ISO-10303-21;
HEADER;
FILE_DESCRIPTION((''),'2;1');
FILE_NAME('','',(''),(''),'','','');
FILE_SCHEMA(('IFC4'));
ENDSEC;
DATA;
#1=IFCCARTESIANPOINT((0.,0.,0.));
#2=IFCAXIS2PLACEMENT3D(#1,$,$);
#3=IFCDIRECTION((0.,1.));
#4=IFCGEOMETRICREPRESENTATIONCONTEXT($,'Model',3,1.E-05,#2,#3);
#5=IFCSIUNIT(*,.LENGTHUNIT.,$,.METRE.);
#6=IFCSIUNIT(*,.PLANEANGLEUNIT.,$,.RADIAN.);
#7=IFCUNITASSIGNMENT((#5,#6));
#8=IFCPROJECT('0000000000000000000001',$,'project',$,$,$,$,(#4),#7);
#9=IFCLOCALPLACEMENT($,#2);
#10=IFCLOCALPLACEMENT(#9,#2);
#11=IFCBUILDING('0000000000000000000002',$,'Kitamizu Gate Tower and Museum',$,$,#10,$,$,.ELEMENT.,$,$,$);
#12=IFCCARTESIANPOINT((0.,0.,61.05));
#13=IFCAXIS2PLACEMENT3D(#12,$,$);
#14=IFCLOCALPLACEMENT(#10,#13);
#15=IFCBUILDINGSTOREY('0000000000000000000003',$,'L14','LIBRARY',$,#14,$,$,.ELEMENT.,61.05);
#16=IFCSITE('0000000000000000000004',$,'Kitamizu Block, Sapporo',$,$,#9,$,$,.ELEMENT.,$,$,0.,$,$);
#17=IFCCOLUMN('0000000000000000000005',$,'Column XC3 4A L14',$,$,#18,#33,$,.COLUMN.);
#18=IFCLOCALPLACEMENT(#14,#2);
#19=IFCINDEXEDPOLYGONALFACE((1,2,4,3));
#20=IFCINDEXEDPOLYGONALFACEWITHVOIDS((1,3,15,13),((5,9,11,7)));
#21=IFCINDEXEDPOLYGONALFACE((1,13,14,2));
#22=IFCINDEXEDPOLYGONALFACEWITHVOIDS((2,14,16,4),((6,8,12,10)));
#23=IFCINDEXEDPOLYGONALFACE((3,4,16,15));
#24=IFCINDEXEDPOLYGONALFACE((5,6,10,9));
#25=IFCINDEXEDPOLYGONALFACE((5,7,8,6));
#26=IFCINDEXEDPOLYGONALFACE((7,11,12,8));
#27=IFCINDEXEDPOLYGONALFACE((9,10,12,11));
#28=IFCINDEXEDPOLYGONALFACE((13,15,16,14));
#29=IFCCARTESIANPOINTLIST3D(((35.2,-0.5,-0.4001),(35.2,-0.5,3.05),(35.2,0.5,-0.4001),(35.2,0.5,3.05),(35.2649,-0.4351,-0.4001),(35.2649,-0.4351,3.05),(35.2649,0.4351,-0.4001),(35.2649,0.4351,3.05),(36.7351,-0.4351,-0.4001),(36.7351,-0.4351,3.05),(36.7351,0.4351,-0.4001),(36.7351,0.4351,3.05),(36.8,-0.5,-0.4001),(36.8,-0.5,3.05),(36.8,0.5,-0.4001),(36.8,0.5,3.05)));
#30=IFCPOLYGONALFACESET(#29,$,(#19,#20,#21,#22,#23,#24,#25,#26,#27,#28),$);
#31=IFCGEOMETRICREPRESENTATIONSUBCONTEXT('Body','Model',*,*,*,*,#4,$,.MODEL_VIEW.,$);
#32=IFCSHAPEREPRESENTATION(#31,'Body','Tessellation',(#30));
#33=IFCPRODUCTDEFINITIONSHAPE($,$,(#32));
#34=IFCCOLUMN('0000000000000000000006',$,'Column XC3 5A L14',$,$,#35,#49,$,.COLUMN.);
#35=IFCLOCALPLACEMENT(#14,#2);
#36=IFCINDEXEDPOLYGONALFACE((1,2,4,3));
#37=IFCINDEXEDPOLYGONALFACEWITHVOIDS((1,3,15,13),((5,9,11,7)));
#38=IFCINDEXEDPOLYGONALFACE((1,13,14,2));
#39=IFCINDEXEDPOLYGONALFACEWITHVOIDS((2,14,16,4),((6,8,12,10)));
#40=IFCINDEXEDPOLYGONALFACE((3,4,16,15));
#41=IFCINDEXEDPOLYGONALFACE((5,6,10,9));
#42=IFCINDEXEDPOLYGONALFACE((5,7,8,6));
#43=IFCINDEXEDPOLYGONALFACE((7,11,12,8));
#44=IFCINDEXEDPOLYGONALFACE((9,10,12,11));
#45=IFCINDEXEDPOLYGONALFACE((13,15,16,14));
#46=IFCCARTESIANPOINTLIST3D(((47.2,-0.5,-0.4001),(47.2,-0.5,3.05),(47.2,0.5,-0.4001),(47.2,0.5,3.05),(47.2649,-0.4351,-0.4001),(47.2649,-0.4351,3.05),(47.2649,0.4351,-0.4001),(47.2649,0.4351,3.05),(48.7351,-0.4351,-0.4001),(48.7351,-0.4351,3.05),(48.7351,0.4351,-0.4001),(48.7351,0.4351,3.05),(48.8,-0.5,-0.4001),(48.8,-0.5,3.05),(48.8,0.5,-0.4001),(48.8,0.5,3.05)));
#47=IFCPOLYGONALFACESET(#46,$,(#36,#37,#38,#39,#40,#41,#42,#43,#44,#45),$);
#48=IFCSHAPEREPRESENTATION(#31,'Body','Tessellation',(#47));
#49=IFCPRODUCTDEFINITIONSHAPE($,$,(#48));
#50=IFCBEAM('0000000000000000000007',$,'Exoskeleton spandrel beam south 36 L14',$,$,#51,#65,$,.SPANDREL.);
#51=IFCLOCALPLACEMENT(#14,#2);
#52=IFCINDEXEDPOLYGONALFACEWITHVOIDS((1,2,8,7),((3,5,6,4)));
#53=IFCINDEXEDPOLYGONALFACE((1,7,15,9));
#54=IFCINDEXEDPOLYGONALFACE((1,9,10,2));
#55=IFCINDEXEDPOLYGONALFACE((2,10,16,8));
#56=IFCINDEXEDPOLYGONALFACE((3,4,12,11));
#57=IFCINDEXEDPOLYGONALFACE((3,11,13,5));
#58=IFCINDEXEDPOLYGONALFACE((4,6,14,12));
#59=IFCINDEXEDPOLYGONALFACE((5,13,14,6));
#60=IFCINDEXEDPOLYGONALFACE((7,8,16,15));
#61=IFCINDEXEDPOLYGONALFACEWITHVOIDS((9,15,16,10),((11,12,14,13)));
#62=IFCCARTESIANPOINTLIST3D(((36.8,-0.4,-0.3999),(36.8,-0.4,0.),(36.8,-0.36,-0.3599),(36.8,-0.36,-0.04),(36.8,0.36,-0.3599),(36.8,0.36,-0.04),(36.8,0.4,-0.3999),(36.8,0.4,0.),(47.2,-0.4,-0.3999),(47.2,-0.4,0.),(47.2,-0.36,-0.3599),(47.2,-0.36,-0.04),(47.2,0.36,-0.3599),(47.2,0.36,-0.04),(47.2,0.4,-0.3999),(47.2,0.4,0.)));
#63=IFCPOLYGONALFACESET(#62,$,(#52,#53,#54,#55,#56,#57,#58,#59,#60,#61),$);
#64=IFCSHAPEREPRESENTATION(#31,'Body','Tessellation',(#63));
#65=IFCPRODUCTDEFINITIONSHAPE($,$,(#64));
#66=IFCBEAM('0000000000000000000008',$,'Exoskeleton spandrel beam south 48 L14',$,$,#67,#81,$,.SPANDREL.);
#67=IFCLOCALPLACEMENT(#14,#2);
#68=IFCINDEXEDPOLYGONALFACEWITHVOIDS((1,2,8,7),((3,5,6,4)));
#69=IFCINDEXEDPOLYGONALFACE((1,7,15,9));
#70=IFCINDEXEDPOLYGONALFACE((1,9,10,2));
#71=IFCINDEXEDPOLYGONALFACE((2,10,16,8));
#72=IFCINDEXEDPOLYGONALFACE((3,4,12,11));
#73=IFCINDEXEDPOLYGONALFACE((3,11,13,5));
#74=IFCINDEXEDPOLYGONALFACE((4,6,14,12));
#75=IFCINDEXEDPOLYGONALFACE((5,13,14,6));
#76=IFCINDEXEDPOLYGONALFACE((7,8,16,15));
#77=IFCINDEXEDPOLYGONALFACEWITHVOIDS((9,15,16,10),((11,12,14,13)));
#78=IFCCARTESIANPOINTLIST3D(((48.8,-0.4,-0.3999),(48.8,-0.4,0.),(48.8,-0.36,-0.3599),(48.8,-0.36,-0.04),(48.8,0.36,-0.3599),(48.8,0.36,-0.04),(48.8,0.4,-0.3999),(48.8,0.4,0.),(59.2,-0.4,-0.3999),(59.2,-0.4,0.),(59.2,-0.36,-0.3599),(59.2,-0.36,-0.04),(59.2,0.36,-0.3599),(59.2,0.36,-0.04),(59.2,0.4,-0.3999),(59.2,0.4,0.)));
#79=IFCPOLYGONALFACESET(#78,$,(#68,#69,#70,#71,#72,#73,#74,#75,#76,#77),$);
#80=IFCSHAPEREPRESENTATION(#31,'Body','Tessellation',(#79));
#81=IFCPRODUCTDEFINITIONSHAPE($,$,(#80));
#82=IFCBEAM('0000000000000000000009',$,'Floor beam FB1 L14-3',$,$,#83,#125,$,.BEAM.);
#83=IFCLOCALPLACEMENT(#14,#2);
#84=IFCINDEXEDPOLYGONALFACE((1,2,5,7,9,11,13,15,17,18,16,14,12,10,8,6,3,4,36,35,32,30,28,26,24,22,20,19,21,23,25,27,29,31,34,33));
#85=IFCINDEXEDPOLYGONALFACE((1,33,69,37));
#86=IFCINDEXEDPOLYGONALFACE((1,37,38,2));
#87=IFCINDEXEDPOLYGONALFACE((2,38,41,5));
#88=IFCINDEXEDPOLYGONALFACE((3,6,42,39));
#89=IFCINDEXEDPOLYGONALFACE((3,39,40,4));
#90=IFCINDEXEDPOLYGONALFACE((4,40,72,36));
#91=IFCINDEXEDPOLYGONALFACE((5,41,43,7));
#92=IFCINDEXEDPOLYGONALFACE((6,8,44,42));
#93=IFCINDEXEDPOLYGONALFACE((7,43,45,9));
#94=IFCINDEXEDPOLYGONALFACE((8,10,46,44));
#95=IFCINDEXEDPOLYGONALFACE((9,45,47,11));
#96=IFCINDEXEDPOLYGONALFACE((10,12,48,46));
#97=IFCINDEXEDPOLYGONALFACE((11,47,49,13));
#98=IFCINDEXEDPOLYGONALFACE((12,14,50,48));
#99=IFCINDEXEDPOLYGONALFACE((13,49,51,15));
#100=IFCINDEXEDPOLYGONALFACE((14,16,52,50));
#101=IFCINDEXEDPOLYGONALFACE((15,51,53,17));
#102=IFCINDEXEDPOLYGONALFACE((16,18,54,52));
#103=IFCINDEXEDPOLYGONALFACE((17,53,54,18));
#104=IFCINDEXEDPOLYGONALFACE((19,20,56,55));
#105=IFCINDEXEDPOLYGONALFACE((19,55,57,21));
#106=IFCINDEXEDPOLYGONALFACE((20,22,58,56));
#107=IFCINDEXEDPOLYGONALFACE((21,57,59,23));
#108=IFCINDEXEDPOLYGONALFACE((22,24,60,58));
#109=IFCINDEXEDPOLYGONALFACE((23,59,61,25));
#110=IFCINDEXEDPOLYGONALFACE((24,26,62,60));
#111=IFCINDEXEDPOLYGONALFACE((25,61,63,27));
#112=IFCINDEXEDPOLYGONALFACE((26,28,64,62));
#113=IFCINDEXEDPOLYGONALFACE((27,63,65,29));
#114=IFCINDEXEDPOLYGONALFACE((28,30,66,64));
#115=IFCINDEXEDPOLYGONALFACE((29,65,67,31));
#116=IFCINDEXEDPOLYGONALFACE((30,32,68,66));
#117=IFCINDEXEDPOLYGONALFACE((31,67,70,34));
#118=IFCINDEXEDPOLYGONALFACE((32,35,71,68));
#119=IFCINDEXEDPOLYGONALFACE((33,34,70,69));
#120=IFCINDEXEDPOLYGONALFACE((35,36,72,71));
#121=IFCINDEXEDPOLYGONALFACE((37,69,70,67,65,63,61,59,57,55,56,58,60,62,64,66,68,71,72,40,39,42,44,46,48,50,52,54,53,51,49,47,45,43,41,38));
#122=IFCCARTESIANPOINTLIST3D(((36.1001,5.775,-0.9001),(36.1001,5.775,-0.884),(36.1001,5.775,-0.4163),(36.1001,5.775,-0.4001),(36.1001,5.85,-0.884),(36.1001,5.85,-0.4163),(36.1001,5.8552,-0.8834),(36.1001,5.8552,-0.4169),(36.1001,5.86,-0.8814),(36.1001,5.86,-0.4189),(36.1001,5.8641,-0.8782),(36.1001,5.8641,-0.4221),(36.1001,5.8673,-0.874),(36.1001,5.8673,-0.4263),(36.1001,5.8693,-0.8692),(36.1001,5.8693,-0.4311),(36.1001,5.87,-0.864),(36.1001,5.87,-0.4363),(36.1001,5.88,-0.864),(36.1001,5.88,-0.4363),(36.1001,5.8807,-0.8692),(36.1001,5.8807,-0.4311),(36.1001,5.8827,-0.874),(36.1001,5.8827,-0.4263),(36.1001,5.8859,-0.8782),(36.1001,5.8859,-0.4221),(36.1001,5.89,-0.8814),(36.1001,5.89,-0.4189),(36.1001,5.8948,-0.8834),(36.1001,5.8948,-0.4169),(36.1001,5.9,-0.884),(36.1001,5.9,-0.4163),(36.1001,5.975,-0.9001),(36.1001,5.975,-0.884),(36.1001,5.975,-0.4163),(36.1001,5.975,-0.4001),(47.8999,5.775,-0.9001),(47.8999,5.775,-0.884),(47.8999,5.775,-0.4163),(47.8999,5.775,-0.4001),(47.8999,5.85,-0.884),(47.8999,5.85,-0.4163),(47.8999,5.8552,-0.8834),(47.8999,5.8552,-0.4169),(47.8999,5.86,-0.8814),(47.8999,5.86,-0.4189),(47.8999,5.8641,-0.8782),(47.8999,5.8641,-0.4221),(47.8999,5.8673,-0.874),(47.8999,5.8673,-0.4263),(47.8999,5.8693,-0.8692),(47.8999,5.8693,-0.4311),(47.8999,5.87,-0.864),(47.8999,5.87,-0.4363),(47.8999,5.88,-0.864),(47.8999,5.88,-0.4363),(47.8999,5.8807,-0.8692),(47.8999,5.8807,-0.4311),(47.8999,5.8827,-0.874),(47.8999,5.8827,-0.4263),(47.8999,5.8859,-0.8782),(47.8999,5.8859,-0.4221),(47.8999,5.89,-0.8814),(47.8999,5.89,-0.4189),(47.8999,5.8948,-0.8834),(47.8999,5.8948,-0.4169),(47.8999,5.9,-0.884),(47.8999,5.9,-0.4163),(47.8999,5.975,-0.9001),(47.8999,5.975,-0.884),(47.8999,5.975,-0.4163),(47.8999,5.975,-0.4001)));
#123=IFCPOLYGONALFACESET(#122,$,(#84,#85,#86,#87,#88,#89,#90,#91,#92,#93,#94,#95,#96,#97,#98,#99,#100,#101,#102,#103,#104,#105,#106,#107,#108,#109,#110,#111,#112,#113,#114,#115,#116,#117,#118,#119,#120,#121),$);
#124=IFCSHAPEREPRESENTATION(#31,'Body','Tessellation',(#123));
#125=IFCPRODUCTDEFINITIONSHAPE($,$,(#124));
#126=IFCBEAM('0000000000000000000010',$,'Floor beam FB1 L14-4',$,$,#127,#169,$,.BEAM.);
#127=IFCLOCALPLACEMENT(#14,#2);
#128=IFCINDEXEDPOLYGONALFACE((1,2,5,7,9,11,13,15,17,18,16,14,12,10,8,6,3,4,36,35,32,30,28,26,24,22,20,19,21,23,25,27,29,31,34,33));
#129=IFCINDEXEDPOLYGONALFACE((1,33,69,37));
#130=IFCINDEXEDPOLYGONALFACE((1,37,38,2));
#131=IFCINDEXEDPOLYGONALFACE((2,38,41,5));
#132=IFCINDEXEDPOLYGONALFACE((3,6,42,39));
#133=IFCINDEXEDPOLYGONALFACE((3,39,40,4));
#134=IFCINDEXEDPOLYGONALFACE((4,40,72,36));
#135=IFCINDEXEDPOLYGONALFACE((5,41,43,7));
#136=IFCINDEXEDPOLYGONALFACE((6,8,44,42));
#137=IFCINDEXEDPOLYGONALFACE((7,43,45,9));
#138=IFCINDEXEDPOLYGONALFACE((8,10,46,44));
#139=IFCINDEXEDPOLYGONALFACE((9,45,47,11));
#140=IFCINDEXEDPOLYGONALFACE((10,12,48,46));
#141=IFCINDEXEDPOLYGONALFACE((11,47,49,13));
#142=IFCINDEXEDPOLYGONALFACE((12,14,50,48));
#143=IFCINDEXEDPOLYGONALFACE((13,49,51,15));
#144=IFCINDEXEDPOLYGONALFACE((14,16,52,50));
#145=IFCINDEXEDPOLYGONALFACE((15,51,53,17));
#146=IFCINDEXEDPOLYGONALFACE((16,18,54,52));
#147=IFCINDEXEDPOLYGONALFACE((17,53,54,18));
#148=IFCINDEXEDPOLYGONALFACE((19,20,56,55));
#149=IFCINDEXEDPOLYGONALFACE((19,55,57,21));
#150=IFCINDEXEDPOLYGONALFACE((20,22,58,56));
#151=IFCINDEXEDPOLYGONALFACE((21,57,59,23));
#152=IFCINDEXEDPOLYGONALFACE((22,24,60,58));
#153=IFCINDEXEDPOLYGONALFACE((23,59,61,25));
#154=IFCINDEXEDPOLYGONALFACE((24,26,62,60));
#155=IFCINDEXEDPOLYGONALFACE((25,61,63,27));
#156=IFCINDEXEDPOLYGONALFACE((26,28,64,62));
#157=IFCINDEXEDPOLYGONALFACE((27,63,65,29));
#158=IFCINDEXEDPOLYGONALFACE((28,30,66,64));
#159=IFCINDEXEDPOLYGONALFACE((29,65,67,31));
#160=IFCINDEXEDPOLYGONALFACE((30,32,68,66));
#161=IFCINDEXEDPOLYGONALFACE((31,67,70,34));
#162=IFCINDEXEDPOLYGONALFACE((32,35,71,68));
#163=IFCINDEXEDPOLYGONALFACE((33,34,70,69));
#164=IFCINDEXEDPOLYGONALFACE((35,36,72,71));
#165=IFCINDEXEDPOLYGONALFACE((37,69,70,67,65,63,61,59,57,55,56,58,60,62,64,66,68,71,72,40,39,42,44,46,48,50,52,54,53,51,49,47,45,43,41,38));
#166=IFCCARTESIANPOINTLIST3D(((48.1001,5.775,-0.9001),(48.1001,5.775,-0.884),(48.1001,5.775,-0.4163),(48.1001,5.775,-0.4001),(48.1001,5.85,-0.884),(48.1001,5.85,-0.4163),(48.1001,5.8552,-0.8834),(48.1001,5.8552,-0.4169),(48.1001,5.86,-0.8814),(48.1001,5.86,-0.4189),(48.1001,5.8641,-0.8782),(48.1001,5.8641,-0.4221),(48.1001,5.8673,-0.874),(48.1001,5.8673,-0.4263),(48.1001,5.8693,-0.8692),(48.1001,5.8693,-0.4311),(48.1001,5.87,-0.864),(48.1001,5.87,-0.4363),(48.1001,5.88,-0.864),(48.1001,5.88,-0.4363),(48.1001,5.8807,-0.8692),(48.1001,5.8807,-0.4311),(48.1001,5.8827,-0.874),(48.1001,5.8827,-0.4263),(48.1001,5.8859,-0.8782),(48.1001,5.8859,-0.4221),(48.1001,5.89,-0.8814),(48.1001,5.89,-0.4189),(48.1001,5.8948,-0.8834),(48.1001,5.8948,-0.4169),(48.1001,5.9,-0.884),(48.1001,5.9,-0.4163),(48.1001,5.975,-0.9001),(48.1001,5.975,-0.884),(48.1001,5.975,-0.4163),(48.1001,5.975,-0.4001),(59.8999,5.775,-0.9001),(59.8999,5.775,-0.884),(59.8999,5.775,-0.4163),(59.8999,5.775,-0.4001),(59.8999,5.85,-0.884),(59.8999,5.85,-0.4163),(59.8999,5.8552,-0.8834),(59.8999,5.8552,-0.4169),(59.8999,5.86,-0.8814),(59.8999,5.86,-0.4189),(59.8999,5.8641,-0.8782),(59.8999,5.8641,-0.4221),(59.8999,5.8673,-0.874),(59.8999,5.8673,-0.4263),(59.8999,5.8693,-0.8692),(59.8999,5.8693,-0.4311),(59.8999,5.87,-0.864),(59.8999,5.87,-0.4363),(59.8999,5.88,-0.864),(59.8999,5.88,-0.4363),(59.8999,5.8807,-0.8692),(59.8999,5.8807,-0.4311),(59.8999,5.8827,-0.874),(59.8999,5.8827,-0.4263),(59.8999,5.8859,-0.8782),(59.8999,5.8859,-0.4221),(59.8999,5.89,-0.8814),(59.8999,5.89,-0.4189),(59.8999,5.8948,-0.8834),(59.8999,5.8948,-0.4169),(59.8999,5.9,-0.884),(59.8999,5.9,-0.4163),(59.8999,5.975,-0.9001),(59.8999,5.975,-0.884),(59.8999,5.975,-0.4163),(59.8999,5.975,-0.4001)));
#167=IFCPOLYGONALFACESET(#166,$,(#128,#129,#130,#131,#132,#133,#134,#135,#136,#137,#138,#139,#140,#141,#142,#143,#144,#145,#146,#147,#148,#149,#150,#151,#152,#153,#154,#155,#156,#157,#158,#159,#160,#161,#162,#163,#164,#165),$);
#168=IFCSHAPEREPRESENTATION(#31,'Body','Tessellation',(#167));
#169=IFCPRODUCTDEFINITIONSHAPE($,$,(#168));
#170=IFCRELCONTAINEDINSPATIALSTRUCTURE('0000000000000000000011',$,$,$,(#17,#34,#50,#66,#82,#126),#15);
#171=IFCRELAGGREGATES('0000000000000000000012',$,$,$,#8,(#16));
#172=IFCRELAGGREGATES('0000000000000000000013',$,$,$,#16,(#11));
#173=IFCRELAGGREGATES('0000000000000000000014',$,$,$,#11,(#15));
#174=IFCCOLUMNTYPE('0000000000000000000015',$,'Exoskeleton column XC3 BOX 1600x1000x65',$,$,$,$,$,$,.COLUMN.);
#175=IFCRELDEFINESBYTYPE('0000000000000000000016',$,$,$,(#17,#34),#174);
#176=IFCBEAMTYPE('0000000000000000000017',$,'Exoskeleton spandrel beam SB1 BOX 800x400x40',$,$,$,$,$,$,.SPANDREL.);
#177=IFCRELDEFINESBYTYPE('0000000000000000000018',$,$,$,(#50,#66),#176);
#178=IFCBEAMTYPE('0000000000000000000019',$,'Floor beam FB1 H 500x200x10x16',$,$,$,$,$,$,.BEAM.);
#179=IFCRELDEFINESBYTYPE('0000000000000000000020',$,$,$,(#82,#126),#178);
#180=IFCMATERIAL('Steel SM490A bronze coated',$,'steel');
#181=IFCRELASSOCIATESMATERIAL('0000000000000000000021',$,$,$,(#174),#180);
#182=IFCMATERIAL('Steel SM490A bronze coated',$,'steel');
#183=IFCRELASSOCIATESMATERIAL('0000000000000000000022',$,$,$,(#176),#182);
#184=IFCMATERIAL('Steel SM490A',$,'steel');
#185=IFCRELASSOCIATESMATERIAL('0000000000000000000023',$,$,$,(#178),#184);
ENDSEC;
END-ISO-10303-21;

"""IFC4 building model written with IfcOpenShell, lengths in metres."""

from ifc_helpers import new_model, si_unit, direction, frame, origin, origin_2d, place, context, subcontext, project, spatial, hollow_rectangle, i_section, extrude, material, material_profile, profile_set, type_object, element, save


model = new_model("IFC4")

# Units and contexts
model_context = context("Model", 3, precision=1e-05, world=origin(), true_north=direction((0.0, 1.0)))
body_context = subcontext(model_context, "Body", "Model", "MODEL_VIEW")
ifc_project = project(units=[si_unit("LENGTHUNIT", "METRE"), si_unit("PLANEANGLEUNIT", "RADIAN")], contexts=[model_context])

# Site, building, storey
site_placement = place(None, origin())
site = spatial("IfcSite", under=ifc_project, at=site_placement, Name="Kitamizu Block, Sapporo", CompositionType="ELEMENT", RefElevation=0.0)
building_placement = place(site_placement, origin())
building = spatial("IfcBuilding", under=site, at=building_placement, Name="Kitamizu Gate Tower and Museum", CompositionType="ELEMENT")
storey_placement = place(building_placement, frame((0.0, 0.0, 61.05)))
storey = spatial("IfcBuildingStorey", under=building, at=storey_placement, Name="L14", Description="LIBRARY", CompositionType="ELEMENT", Elevation=61.05)

# Columns
ifc_material_1 = material(Name="Steel SM490A bronze coated", Category="steel")
ifc_material_profile_1 = material_profile(ifc_material_1, hollow_rectangle(XDim=1.6001, YDim=1.0, WallThickness=0.0649, at=origin_2d()), Name="BOX 1600x1000x65")
ifc_profile_set_1 = profile_set([ifc_material_profile_1], Name="Steel SM490A bronze coated")
column_type = type_object("IfcColumnType", Name="Exoskeleton column XC3 BOX 1600x1000x65", PredefinedType="COLUMN", material=ifc_profile_set_1)
for number, where, z_axis, x_axis, name in (
    (1, (36.0, 0.0, -0.4001), (0.0, 0.0, 1.0), (1.0, 0.0, 0.0), "Column XC3 4A L14"),
    (2, (48.0, 0.0, -0.4001), (0.0, 0.0, 1.0), (1.0, 0.0, 0.0), "Column XC3 5A L14"),
):
    element("IfcColumn", number, at=place(storey_placement, frame(where, z_axis=z_axis, x_axis=x_axis)), inside=storey, type_object=column_type, Name=name, PredefinedType="COLUMN", context=body_context, shape_type="SweptSolid", body=[
        extrude(hollow_rectangle(XDim=1.6001, YDim=1.0, WallThickness=0.0649, at=origin_2d()), origin(), (0.0, 0.0, 1.0), 3.4502),
    ])

# Beams
ifc_material_2 = material(Name="Steel SM490A bronze coated", Category="steel")
ifc_material_profile_2 = material_profile(ifc_material_2, hollow_rectangle(XDim=0.8, YDim=0.3999, WallThickness=0.04, at=origin_2d()), Name="BOX 800x400x40")
ifc_profile_set_2 = profile_set([ifc_material_profile_2], Name="Steel SM490A bronze coated")
beam_type_1 = type_object("IfcBeamType", Name="Exoskeleton spandrel beam SB1 BOX 800x400x40", PredefinedType="SPANDREL", material=ifc_profile_set_2)
for number, where, z_axis, x_axis, name in (
    (3, (36.8, 0.0, -0.2), (1.0, 0.0, 0.0), (0.0, 1.0, 0.0), "Exoskeleton spandrel beam south 36 L14"),
    (4, (48.8, 0.0, -0.2), (1.0, 0.0, 0.0), (0.0, 1.0, 0.0), "Exoskeleton spandrel beam south 48 L14"),
):
    element("IfcBeam", number, at=place(storey_placement, frame(where, z_axis=z_axis, x_axis=x_axis)), inside=storey, type_object=beam_type_1, Name=name, PredefinedType="SPANDREL", context=body_context, shape_type="SweptSolid", body=[
        extrude(hollow_rectangle(XDim=0.8, YDim=0.3999, WallThickness=0.04, at=origin_2d()), origin(), (0.0, 0.0, 1.0), 10.3999),
    ])
ifc_material_3 = material(Name="Steel SM490A", Category="steel")
ifc_material_profile_3 = material_profile(ifc_material_3, i_section(OverallWidth=0.2, OverallDepth=0.5, WebThickness=0.01, FlangeThickness=0.0161, FilletRadius=0.02, at=origin_2d()), Name="H-500x200x10x16")
ifc_profile_set_3 = profile_set([ifc_material_profile_3], Name="Steel SM490A")
beam_type_2 = type_object("IfcBeamType", Name="Floor beam FB1 H 500x200x10x16", PredefinedType="BEAM", material=ifc_profile_set_3)
for number, where, z_axis, x_axis, name in (
    (5, (36.1001, 5.875, -0.6501), (1.0, 0.0, 0.0), (0.0, 1.0, 0.0), "Floor beam FB1 L14-3"),
    (6, (48.1001, 5.875, -0.6501), (1.0, 0.0, 0.0), (0.0, 1.0, 0.0), "Floor beam FB1 L14-4"),
):
    element("IfcBeam", number, at=place(storey_placement, frame(where, z_axis=z_axis, x_axis=x_axis)), inside=storey, type_object=beam_type_2, Name=name, PredefinedType="BEAM", context=body_context, shape_type="SweptSolid", body=[
        extrude(i_section(OverallWidth=0.2, OverallDepth=0.5, WebThickness=0.01, FlangeThickness=0.0161, FilletRadius=0.02, at=origin_2d()), origin(), (0.0, 0.0, 1.0), 11.7998),
    ])

save(model, "model.ifc")
